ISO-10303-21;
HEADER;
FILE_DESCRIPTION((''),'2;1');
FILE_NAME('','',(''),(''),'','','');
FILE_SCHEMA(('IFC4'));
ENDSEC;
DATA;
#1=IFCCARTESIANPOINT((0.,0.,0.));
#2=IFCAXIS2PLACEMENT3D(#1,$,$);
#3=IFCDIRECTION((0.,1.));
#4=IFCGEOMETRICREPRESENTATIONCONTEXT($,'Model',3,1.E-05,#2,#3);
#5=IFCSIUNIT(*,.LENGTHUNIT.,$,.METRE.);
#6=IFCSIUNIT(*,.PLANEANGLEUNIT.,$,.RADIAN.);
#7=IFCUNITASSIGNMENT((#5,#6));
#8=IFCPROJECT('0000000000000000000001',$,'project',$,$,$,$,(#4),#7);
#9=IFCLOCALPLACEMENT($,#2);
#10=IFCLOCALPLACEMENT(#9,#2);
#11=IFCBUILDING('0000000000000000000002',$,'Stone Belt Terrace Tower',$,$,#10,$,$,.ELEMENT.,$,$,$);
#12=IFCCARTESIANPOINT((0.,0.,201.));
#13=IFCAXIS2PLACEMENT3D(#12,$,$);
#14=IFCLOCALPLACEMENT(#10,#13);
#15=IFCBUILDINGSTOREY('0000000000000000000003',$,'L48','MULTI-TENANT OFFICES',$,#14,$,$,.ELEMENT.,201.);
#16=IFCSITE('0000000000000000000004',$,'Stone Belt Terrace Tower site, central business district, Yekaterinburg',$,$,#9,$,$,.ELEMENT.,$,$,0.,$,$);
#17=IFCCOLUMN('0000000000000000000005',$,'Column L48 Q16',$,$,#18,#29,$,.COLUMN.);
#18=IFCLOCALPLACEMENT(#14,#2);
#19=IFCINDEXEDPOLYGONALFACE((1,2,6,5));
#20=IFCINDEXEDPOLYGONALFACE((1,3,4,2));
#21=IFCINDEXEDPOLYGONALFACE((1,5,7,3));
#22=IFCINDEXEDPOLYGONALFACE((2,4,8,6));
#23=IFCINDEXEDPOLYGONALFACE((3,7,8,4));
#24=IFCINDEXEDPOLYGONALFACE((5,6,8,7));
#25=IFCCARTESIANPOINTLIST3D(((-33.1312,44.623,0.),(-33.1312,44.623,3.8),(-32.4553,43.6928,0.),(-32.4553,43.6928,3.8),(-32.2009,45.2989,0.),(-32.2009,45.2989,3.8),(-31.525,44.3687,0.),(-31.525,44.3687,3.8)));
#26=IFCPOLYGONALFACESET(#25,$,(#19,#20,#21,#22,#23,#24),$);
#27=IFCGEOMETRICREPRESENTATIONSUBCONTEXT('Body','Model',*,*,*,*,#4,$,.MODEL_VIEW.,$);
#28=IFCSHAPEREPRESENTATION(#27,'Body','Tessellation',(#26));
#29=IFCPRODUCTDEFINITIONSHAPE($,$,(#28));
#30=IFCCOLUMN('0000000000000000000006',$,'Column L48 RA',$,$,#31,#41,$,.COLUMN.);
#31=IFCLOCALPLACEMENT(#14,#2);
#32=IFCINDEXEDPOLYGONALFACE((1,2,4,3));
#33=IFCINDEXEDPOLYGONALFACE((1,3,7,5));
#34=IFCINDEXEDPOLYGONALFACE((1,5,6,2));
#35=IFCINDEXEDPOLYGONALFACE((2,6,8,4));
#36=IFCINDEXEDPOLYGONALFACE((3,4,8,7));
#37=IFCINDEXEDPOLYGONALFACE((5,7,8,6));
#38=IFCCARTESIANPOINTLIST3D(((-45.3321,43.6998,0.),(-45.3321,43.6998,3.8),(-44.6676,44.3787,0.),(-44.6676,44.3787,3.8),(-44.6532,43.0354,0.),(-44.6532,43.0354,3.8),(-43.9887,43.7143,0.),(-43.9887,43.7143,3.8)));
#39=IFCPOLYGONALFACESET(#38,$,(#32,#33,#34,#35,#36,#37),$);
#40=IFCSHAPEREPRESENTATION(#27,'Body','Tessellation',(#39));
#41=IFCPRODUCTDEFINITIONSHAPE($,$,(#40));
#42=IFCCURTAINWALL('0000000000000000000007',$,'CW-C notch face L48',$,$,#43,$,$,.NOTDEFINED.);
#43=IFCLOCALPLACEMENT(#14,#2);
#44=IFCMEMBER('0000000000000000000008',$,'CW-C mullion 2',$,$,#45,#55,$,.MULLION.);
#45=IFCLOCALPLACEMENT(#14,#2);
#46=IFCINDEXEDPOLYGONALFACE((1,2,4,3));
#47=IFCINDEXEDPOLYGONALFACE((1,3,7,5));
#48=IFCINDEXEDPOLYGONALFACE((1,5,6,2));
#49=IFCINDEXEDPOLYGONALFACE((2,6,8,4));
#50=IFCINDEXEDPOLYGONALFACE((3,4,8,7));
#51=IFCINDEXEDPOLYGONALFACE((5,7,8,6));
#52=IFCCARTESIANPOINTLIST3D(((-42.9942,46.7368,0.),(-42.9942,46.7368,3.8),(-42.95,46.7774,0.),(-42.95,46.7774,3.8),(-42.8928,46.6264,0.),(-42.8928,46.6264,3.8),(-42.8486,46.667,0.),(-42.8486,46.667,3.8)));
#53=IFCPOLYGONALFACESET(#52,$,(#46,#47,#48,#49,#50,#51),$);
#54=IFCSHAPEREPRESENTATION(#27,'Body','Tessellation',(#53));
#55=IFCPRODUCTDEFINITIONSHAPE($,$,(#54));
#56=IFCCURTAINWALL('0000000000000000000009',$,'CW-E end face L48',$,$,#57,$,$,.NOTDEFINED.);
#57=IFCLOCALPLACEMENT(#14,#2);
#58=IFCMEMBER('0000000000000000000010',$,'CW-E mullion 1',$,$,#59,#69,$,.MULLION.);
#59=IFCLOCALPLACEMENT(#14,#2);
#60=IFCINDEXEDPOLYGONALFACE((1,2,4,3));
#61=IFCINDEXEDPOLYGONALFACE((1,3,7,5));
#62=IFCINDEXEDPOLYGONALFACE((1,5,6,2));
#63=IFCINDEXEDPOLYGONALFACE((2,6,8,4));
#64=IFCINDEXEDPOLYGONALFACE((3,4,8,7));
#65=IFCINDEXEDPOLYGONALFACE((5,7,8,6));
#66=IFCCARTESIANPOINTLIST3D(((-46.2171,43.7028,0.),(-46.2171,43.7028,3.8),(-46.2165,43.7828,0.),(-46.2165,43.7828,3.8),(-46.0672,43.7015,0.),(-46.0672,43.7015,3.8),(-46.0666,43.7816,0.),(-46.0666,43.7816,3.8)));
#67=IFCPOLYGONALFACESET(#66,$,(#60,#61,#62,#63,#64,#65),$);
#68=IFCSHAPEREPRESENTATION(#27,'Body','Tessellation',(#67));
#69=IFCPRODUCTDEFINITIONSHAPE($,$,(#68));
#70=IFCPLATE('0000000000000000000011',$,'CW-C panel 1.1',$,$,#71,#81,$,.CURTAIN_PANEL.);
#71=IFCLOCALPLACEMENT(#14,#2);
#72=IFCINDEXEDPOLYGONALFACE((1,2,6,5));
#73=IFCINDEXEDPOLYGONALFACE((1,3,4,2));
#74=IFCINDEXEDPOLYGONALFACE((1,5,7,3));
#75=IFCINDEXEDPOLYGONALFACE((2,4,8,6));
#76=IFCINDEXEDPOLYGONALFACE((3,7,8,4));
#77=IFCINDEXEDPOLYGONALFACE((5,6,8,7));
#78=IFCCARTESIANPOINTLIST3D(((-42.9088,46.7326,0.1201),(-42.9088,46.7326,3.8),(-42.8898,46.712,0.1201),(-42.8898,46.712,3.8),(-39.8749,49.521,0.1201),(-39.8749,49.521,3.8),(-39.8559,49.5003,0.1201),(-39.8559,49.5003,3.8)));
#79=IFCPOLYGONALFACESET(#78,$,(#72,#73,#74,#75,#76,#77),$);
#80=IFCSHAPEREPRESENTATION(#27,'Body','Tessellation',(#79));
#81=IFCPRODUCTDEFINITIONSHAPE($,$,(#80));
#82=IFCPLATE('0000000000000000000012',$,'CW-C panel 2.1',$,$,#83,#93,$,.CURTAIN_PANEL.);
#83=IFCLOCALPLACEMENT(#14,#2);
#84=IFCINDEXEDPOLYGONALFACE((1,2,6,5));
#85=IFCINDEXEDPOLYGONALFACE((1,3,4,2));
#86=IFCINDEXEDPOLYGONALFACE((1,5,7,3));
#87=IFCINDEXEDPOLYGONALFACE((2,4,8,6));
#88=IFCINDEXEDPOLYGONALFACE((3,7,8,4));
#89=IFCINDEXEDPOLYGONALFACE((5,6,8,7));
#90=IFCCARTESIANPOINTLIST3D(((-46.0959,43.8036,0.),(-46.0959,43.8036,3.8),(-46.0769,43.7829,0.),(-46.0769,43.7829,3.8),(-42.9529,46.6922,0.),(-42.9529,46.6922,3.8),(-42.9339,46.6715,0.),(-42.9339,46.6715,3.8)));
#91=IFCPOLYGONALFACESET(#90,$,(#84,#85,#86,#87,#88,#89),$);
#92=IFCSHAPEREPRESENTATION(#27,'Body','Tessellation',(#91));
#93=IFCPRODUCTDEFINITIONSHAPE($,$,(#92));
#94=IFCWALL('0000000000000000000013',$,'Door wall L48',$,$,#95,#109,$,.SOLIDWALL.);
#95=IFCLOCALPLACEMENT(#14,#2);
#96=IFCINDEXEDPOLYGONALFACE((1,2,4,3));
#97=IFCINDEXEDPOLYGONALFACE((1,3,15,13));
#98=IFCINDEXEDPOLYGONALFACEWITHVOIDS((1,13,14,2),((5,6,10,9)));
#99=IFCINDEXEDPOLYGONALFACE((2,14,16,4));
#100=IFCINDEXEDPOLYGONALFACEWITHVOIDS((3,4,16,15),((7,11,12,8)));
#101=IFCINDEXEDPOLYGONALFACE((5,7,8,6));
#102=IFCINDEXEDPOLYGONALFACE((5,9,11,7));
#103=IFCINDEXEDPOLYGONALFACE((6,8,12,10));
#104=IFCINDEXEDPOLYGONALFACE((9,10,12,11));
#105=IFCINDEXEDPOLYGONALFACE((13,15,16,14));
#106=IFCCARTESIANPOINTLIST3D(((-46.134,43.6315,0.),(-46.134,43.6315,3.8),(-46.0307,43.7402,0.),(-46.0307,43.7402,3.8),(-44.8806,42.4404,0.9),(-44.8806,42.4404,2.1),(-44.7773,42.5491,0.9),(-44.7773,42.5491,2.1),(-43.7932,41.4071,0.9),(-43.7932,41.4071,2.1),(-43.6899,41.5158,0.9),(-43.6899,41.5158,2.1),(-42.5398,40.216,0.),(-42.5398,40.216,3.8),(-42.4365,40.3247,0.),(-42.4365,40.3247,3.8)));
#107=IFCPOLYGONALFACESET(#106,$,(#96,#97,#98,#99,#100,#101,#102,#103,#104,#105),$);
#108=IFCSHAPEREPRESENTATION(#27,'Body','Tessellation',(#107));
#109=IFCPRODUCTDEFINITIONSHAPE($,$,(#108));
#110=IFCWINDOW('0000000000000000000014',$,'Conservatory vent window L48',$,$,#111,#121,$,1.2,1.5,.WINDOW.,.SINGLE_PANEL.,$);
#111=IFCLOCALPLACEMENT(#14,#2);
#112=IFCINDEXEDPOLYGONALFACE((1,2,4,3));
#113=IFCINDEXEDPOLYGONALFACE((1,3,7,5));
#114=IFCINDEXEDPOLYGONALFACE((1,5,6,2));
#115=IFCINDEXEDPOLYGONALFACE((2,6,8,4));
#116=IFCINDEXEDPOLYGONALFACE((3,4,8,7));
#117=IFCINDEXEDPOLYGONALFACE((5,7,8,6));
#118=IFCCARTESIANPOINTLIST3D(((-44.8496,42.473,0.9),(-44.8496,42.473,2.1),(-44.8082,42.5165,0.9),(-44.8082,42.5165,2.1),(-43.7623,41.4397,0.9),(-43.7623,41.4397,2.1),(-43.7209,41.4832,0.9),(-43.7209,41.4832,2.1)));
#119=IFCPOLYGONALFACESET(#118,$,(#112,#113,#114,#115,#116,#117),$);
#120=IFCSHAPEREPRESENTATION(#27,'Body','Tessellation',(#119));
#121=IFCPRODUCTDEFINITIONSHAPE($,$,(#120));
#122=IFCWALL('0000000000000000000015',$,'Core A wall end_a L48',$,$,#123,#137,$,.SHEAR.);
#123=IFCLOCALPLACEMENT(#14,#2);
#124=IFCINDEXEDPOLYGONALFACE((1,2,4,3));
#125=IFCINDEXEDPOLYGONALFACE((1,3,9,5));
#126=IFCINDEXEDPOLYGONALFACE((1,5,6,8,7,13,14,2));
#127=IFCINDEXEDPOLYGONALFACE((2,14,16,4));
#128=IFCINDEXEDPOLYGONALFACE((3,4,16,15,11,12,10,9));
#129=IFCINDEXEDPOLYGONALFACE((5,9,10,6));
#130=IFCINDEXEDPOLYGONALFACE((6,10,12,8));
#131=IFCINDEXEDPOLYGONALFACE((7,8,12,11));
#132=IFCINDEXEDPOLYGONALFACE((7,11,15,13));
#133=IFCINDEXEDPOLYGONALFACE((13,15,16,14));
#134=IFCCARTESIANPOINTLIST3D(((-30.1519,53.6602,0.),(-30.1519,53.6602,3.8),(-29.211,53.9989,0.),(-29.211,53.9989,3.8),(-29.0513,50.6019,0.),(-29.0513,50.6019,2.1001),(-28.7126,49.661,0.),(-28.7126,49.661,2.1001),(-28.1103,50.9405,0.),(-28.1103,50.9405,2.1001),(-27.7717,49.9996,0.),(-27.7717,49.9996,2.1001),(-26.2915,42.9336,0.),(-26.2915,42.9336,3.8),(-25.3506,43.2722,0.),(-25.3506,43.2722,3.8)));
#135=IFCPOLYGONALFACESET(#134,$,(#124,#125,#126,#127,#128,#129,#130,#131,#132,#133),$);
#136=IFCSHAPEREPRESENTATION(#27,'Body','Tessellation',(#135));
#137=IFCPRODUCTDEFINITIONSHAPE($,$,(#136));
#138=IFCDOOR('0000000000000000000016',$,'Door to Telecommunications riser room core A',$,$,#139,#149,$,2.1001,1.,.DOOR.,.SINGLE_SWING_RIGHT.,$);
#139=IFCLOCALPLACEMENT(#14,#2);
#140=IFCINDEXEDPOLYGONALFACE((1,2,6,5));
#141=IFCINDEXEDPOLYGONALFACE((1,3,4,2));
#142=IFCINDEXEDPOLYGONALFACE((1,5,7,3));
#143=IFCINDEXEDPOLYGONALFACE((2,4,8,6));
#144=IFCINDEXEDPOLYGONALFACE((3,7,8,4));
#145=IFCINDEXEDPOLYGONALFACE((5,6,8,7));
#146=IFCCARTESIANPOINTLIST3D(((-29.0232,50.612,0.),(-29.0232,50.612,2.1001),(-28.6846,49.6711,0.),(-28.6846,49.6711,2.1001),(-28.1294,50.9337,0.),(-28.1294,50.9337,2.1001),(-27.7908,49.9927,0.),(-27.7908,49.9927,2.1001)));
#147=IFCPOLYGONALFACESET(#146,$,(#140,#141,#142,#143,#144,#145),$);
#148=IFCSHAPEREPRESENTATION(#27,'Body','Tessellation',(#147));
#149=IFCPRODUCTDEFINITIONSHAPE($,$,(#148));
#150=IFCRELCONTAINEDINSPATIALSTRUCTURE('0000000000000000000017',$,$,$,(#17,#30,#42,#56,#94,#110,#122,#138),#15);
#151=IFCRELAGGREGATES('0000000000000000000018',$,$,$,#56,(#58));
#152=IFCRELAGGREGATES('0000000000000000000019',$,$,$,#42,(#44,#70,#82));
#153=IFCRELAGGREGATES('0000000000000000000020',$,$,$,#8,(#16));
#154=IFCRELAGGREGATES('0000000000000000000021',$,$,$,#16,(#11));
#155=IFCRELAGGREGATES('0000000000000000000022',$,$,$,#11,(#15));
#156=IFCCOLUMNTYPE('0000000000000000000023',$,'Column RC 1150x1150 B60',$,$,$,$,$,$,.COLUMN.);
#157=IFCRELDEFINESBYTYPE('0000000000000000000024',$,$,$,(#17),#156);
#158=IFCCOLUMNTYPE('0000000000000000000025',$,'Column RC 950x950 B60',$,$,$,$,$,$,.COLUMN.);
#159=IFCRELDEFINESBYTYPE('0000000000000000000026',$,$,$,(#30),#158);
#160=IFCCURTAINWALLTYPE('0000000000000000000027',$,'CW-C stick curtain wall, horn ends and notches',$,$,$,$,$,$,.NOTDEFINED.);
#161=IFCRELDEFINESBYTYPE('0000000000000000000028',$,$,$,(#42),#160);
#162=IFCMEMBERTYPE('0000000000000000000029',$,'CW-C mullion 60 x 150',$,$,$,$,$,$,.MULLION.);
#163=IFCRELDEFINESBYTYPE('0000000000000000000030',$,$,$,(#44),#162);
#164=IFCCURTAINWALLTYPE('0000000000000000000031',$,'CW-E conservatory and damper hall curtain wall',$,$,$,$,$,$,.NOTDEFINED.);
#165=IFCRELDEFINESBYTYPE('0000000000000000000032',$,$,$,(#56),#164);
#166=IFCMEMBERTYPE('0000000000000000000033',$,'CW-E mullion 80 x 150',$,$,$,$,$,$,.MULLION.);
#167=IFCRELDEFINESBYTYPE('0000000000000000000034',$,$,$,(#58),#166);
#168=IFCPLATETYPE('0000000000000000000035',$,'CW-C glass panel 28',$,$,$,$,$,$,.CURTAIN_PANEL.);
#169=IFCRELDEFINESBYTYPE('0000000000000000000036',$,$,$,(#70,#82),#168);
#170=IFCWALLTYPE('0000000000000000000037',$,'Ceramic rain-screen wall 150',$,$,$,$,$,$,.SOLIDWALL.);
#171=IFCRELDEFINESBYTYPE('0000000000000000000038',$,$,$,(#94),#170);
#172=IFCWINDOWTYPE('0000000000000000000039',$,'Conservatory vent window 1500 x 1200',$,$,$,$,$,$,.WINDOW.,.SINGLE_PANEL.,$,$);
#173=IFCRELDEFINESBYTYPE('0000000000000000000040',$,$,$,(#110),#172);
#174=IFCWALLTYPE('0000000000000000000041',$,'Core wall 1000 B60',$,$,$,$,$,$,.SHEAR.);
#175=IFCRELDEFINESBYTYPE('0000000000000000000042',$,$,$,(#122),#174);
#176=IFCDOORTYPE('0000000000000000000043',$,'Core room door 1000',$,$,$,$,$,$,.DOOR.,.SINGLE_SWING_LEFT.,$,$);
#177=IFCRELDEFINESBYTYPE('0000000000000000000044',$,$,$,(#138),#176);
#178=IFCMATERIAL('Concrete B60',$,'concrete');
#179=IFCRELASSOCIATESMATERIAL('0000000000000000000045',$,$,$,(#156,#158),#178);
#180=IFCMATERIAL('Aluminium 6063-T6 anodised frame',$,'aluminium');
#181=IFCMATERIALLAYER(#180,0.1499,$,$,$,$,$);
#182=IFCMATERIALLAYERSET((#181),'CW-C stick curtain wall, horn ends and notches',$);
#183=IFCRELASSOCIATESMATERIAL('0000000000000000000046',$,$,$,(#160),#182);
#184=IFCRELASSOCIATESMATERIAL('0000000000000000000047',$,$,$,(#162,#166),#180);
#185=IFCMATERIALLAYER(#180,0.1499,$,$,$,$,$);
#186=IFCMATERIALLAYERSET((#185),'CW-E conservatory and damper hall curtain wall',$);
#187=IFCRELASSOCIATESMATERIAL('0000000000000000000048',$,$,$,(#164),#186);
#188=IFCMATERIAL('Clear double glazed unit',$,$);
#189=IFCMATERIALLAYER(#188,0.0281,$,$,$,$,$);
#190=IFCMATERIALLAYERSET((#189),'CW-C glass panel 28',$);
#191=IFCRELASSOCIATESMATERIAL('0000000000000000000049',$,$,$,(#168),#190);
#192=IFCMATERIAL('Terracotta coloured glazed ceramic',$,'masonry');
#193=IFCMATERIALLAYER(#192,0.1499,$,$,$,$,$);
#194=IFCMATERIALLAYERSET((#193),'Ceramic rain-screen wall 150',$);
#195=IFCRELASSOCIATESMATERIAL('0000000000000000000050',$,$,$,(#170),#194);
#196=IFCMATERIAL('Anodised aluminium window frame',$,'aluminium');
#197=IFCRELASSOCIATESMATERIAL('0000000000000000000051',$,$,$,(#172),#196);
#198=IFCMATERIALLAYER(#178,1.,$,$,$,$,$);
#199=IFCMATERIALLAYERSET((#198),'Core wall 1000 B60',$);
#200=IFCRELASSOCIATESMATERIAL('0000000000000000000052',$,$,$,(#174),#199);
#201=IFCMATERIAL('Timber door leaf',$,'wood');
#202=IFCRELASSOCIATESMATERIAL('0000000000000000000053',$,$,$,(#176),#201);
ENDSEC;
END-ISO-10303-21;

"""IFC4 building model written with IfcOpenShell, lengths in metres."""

from ifc_helpers import new_model, si_unit, direction, frame, frame_2d, origin, origin_2d, place, context, subcontext, project, spatial, rectangle, extrude, material, layer, layer_set, material_profile, profile_set, type_object, element, fill, aggregate, save


model = new_model("IFC4")

# Units and contexts
model_context = context("Model", 3, precision=1e-05, world=origin(), true_north=direction((0.0, 1.0)))
body_context = subcontext(model_context, "Body", "Model", "MODEL_VIEW")
ifc_project = project(units=[si_unit("LENGTHUNIT", "METRE"), si_unit("PLANEANGLEUNIT", "RADIAN")], contexts=[model_context])

# Site, building, storey
site_placement = place(None, origin())
site = spatial("IfcSite", under=ifc_project, at=site_placement, Name="Stone Belt Terrace Tower site, central business district, Yekaterinburg", CompositionType="ELEMENT", RefElevation=0.0)
building_placement = place(site_placement, origin())
building = spatial("IfcBuilding", under=site, at=building_placement, Name="Stone Belt Terrace Tower", CompositionType="ELEMENT")
storey_placement = place(building_placement, frame((0.0, 0.0, 201.0)))
storey = spatial("IfcBuildingStorey", under=building, at=storey_placement, Name="L48", Description="MULTI-TENANT OFFICES", CompositionType="ELEMENT", Elevation=201.0)

# Columns
ifc_material_1 = material(Name="Concrete B60", Category="concrete")
ifc_material_profile_1 = material_profile(ifc_material_1, rectangle(XDim=1.1499, YDim=1.1499, at=origin_2d()), Name="RC 1150x1150")
ifc_profile_set_1 = profile_set([ifc_material_profile_1], Name="Concrete B60")
column_type_1 = type_object("IfcColumnType", Name="Column RC 1150x1150 B60", PredefinedType="COLUMN", material=ifc_profile_set_1)
column_1_placement = place(storey_placement, frame((-32.3281, 44.4958, 0.0), z_axis=(0.0, 0.0, 1.0), x_axis=(0.809017, 0.587785, 0.0)))
element("IfcColumn", 1, at=column_1_placement, inside=storey, type_object=column_type_1, Name="Column L48 Q16", PredefinedType="COLUMN", context=body_context, shape_type="SweptSolid", body=[
    extrude(rectangle(XDim=1.1499, YDim=1.1499, at=origin_2d()), origin(), (0.0, 0.0, 1.0), 3.8),
])
ifc_material_profile_2 = material_profile(ifc_material_1, rectangle(XDim=0.95, YDim=0.95, at=origin_2d()), Name="RC 950x950")
ifc_profile_set_2 = profile_set([ifc_material_profile_2], Name="Concrete B60")
column_type_2 = type_object("IfcColumnType", Name="Column RC 950x950 B60", PredefinedType="COLUMN", material=ifc_profile_set_2)
column_2_placement = place(storey_placement, frame((-44.6604, 43.707, 0.0), z_axis=(0.0, 0.0, 1.0), x_axis=(0.699438, 0.714694, 0.0)))
element("IfcColumn", 2, at=column_2_placement, inside=storey, type_object=column_type_2, Name="Column L48 RA", PredefinedType="COLUMN", context=body_context, shape_type="SweptSolid", body=[
    extrude(rectangle(XDim=0.95, YDim=0.95, at=origin_2d()), origin(), (0.0, 0.0, 1.0), 3.8),
])

# Curtain walls, members
ifc_material_2 = material(Name="Aluminium 6063-T6 anodised frame", Category="aluminium")
ifc_layer_1 = layer(ifc_material_2, 0.1499)
ifc_layer_set_1 = layer_set([ifc_layer_1], Name="CW-C stick curtain wall, horn ends and notches")
curtain_wall_type_1 = type_object("IfcCurtainWallType", Name="CW-C stick curtain wall, horn ends and notches", PredefinedType="NOTDEFINED", material=ifc_layer_set_1)
curtain_wall_1_placement = place(storey_placement, origin())
curtain_wall_1 = element("IfcCurtainWall", 3, at=curtain_wall_1_placement, inside=storey, type_object=curtain_wall_type_1, Name="CW-C notch face L48", PredefinedType="NOTDEFINED")
ifc_material_profile_3 = material_profile(ifc_material_2, rectangle(XDim=0.1499, YDim=0.0601, at=origin_2d()), Name="Aluminium 6063-T6 60x150")
ifc_profile_set_3 = profile_set([ifc_material_profile_3], Name="Aluminium 6063-T6 anodised frame")
member_type_1 = type_object("IfcMemberType", Name="CW-C mullion 60 x 150", PredefinedType="MULLION", material=ifc_profile_set_3)
member_1_placement = place(storey_placement, frame((-42.9214, 46.7019, 0.0), z_axis=(0.0, 0.0, 1.0), x_axis=(0.676677, -0.73628, 0.0)))
member_1 = element("IfcMember", 4, at=member_1_placement, type_object=member_type_1, Name="CW-C mullion 2", PredefinedType="MULLION", context=body_context, shape_type="SweptSolid", body=[
    extrude(rectangle(XDim=0.1499, YDim=0.0601, at=origin_2d()), origin(), (0.0, 0.0, 1.0), 3.8),
])
ifc_layer_2 = layer(ifc_material_2, 0.1499)
ifc_layer_set_2 = layer_set([ifc_layer_2], Name="CW-E conservatory and damper hall curtain wall")
curtain_wall_type_2 = type_object("IfcCurtainWallType", Name="CW-E conservatory and damper hall curtain wall", PredefinedType="NOTDEFINED", material=ifc_layer_set_2)
curtain_wall_2_placement = place(storey_placement, origin())
curtain_wall_2 = element("IfcCurtainWall", 5, at=curtain_wall_2_placement, inside=storey, type_object=curtain_wall_type_2, Name="CW-E end face L48", PredefinedType="NOTDEFINED")
ifc_material_profile_4 = material_profile(ifc_material_2, rectangle(XDim=0.1499, YDim=0.0801, at=origin_2d()), Name="Aluminium 6063-T6 80x150")
ifc_profile_set_4 = profile_set([ifc_material_profile_4], Name="Aluminium 6063-T6 anodised frame")
member_type_2 = type_object("IfcMemberType", Name="CW-E mullion 80 x 150", PredefinedType="MULLION", material=ifc_profile_set_4)
member_2_placement = place(storey_placement, frame((-46.1418, 43.7422, 0.0), z_axis=(0.0, 0.0, 1.0), x_axis=(0.999965, -0.008324, 0.0)))
member_2 = element("IfcMember", 6, at=member_2_placement, type_object=member_type_2, Name="CW-E mullion 1", PredefinedType="MULLION", context=body_context, shape_type="SweptSolid", body=[
    extrude(rectangle(XDim=0.1499, YDim=0.0801, at=origin_2d()), origin(), (0.0, 0.0, 1.0), 3.8),
])
aggregate(curtain_wall_2, [member_2])

# Plates
ifc_material_3 = material(Name="Clear double glazed unit")
ifc_layer_3 = layer(ifc_material_3, 0.0281)
ifc_layer_set_3 = layer_set([ifc_layer_3], Name="CW-C glass panel 28")
plate_type = type_object("IfcPlateType", Name="CW-C glass panel 28", PredefinedType="CURTAIN_PANEL", material=ifc_layer_set_3)
plate_1_placement = place(storey_placement, frame((-41.3823, 48.1165, 0.1201), z_axis=(0.0, 0.0, 1.0), x_axis=(-0.73628, -0.676677, 0.0)))
plate_1 = element("IfcPlate", 7, at=plate_1_placement, type_object=plate_type, Name="CW-C panel 1.1", PredefinedType="CURTAIN_PANEL", context=body_context, shape_type="SweptSolid", body=[
    extrude(rectangle(XDim=4.1206, YDim=0.0281, at=origin_2d()), origin(), (0.0, 0.0, 1.0), 3.6799),
])
plate_2_placement = place(storey_placement, frame((-44.5149, 45.2375, 0.0), z_axis=(0.0, 0.0, 1.0), x_axis=(-0.73628, -0.676677, 0.0)))
plate_2 = element("IfcPlate", 8, at=plate_2_placement, type_object=plate_type, Name="CW-C panel 2.1", PredefinedType="CURTAIN_PANEL", context=body_context, shape_type="SweptSolid", body=[
    extrude(rectangle(XDim=4.2688, YDim=0.0281, at=origin_2d()), origin(), (0.0, 0.0, 1.0), 3.8),
])
aggregate(curtain_wall_1, [member_1, plate_1, plate_2])

# Wall, opening, window
ifc_material_4 = material(Name="Terracotta coloured glazed ceramic", Category="masonry")
ifc_layer_4 = layer(ifc_material_4, 0.1499)
ifc_layer_set_4 = layer_set([ifc_layer_4], Name="Ceramic rain-screen wall 150")
wall_type_1 = type_object("IfcWallType", Name="Ceramic rain-screen wall 150", PredefinedType="SOLIDWALL", material=ifc_layer_set_4)
wall_1_placement = place(storey_placement, frame((-46.0823, 43.6858, 0.0), z_axis=(0.0, 0.0, 1.0), x_axis=(0.724899, -0.688856, 0.0)))
wall_1 = element("IfcWall", 9, at=wall_1_placement, inside=storey, type_object=wall_type_1, Name="Door wall L48", PredefinedType="SOLIDWALL", context=body_context, shape_type="SweptSolid", body=[
    extrude(rectangle(XDim=4.9583, YDim=0.1499, at=frame_2d((2.479, 0.0))), origin(), (0.0, 0.0, 1.0), 3.8),
])
opening_1_placement = place(wall_1_placement, frame((1.729, 0.0, 0.8999)))
opening_1 = element("IfcOpeningElement", 10, at=opening_1_placement, cuts=wall_1, PredefinedType="OPENING", context=body_context, shape_type="SweptSolid", body=[
    extrude(rectangle(XDim=1.5, YDim=1.2, at=frame_2d((0.75, 0.6001))), frame((0.0, 0.085, 0.0), z_axis=(0.0, -1.0, 0.0), x_axis=(1.0, 0.0, 0.0)), (0.0, 0.0, 1.0), 0.1699),
])
ifc_material_5 = material(Name="Anodised aluminium window frame", Category="aluminium")
window_type = type_object("IfcWindowType", Name="Conservatory vent window 1500 x 1200", PartitioningType="SINGLE_PANEL", PredefinedType="WINDOW", material=ifc_material_5)
window_placement = place(opening_1_placement, origin())
window = element("IfcWindow", 11, at=window_placement, inside=storey, type_object=window_type, Name="Conservatory vent window L48", OverallHeight=1.2, OverallWidth=1.5, PartitioningType="SINGLE_PANEL", PredefinedType="WINDOW", context=body_context, shape_type="SweptSolid", body=[
    extrude(rectangle(XDim=1.5, YDim=1.2, at=frame_2d((0.75, 0.6001))), frame((0.0, 0.03, 0.0), z_axis=(0.0, -1.0, 0.0), x_axis=(1.0, 0.0, 0.0)), (0.0, 0.0, 1.0), 0.0601),
])
fill(opening_1, window)

# Wall, opening, door
ifc_layer_5 = layer(ifc_material_1, 1.0)
ifc_layer_set_5 = layer_set([ifc_layer_5], Name="Core wall 1000 B60")
wall_type_2 = type_object("IfcWallType", Name="Core wall 1000 B60", PredefinedType="SHEAR", material=ifc_layer_set_5)
wall_2_placement = place(storey_placement, frame((-25.821, 43.1028, 0.0), z_axis=(0.0, 0.0, 1.0), x_axis=(-0.338625, 0.940921, 0.0)))
wall_2 = element("IfcWall", 12, at=wall_2_placement, inside=storey, type_object=wall_type_2, Name="Core A wall end_a L48", PredefinedType="SHEAR", context=body_context, shape_type="SweptSolid", body=[
    extrude(rectangle(XDim=11.4001, YDim=1.0, at=frame_2d((5.7002, 0.0))), origin(), (0.0, 0.0, 1.0), 3.8),
])
opening_2_placement = place(wall_2_placement, frame((7.1499, 0.0, 0.0)))
opening_2 = element("IfcOpeningElement", 13, at=opening_2_placement, cuts=wall_2, PredefinedType="OPENING", context=body_context, shape_type="SweptSolid", body=[
    extrude(rectangle(XDim=1.0, YDim=2.1001, at=frame_2d((0.5, 1.05))), frame((0.0, 0.51, 0.0), z_axis=(0.0, -1.0, 0.0), x_axis=(1.0, 0.0, 0.0)), (0.0, 0.0, 1.0), 1.02),
])
ifc_material_6 = material(Name="Timber door leaf", Category="wood")
door_type_1 = type_object("IfcDoorType", Name="Core room door 1000", OperationType="SINGLE_SWING_LEFT", PredefinedType="DOOR", material=ifc_material_6)
door_1_placement = place(opening_2_placement, origin())
door_1 = element("IfcDoor", 14, at=door_1_placement, inside=storey, type_object=door_type_1, Name="Door to Telecommunications riser room core A", OperationType="SINGLE_SWING_RIGHT", OverallHeight=2.1001, OverallWidth=1.0, PredefinedType="DOOR", context=body_context, shape_type="SweptSolid", body=[
    extrude(rectangle(XDim=1.0, YDim=2.1001, at=frame_2d((0.5, 1.05))), frame((0.0, 0.4702, 0.0), z_axis=(0.0, -1.0, 0.0), x_axis=(1.0, 0.0, 0.0)), (0.0, 0.0, 1.0), 0.95),
])
fill(opening_2, door_1)

save(model, "model.ifc")
